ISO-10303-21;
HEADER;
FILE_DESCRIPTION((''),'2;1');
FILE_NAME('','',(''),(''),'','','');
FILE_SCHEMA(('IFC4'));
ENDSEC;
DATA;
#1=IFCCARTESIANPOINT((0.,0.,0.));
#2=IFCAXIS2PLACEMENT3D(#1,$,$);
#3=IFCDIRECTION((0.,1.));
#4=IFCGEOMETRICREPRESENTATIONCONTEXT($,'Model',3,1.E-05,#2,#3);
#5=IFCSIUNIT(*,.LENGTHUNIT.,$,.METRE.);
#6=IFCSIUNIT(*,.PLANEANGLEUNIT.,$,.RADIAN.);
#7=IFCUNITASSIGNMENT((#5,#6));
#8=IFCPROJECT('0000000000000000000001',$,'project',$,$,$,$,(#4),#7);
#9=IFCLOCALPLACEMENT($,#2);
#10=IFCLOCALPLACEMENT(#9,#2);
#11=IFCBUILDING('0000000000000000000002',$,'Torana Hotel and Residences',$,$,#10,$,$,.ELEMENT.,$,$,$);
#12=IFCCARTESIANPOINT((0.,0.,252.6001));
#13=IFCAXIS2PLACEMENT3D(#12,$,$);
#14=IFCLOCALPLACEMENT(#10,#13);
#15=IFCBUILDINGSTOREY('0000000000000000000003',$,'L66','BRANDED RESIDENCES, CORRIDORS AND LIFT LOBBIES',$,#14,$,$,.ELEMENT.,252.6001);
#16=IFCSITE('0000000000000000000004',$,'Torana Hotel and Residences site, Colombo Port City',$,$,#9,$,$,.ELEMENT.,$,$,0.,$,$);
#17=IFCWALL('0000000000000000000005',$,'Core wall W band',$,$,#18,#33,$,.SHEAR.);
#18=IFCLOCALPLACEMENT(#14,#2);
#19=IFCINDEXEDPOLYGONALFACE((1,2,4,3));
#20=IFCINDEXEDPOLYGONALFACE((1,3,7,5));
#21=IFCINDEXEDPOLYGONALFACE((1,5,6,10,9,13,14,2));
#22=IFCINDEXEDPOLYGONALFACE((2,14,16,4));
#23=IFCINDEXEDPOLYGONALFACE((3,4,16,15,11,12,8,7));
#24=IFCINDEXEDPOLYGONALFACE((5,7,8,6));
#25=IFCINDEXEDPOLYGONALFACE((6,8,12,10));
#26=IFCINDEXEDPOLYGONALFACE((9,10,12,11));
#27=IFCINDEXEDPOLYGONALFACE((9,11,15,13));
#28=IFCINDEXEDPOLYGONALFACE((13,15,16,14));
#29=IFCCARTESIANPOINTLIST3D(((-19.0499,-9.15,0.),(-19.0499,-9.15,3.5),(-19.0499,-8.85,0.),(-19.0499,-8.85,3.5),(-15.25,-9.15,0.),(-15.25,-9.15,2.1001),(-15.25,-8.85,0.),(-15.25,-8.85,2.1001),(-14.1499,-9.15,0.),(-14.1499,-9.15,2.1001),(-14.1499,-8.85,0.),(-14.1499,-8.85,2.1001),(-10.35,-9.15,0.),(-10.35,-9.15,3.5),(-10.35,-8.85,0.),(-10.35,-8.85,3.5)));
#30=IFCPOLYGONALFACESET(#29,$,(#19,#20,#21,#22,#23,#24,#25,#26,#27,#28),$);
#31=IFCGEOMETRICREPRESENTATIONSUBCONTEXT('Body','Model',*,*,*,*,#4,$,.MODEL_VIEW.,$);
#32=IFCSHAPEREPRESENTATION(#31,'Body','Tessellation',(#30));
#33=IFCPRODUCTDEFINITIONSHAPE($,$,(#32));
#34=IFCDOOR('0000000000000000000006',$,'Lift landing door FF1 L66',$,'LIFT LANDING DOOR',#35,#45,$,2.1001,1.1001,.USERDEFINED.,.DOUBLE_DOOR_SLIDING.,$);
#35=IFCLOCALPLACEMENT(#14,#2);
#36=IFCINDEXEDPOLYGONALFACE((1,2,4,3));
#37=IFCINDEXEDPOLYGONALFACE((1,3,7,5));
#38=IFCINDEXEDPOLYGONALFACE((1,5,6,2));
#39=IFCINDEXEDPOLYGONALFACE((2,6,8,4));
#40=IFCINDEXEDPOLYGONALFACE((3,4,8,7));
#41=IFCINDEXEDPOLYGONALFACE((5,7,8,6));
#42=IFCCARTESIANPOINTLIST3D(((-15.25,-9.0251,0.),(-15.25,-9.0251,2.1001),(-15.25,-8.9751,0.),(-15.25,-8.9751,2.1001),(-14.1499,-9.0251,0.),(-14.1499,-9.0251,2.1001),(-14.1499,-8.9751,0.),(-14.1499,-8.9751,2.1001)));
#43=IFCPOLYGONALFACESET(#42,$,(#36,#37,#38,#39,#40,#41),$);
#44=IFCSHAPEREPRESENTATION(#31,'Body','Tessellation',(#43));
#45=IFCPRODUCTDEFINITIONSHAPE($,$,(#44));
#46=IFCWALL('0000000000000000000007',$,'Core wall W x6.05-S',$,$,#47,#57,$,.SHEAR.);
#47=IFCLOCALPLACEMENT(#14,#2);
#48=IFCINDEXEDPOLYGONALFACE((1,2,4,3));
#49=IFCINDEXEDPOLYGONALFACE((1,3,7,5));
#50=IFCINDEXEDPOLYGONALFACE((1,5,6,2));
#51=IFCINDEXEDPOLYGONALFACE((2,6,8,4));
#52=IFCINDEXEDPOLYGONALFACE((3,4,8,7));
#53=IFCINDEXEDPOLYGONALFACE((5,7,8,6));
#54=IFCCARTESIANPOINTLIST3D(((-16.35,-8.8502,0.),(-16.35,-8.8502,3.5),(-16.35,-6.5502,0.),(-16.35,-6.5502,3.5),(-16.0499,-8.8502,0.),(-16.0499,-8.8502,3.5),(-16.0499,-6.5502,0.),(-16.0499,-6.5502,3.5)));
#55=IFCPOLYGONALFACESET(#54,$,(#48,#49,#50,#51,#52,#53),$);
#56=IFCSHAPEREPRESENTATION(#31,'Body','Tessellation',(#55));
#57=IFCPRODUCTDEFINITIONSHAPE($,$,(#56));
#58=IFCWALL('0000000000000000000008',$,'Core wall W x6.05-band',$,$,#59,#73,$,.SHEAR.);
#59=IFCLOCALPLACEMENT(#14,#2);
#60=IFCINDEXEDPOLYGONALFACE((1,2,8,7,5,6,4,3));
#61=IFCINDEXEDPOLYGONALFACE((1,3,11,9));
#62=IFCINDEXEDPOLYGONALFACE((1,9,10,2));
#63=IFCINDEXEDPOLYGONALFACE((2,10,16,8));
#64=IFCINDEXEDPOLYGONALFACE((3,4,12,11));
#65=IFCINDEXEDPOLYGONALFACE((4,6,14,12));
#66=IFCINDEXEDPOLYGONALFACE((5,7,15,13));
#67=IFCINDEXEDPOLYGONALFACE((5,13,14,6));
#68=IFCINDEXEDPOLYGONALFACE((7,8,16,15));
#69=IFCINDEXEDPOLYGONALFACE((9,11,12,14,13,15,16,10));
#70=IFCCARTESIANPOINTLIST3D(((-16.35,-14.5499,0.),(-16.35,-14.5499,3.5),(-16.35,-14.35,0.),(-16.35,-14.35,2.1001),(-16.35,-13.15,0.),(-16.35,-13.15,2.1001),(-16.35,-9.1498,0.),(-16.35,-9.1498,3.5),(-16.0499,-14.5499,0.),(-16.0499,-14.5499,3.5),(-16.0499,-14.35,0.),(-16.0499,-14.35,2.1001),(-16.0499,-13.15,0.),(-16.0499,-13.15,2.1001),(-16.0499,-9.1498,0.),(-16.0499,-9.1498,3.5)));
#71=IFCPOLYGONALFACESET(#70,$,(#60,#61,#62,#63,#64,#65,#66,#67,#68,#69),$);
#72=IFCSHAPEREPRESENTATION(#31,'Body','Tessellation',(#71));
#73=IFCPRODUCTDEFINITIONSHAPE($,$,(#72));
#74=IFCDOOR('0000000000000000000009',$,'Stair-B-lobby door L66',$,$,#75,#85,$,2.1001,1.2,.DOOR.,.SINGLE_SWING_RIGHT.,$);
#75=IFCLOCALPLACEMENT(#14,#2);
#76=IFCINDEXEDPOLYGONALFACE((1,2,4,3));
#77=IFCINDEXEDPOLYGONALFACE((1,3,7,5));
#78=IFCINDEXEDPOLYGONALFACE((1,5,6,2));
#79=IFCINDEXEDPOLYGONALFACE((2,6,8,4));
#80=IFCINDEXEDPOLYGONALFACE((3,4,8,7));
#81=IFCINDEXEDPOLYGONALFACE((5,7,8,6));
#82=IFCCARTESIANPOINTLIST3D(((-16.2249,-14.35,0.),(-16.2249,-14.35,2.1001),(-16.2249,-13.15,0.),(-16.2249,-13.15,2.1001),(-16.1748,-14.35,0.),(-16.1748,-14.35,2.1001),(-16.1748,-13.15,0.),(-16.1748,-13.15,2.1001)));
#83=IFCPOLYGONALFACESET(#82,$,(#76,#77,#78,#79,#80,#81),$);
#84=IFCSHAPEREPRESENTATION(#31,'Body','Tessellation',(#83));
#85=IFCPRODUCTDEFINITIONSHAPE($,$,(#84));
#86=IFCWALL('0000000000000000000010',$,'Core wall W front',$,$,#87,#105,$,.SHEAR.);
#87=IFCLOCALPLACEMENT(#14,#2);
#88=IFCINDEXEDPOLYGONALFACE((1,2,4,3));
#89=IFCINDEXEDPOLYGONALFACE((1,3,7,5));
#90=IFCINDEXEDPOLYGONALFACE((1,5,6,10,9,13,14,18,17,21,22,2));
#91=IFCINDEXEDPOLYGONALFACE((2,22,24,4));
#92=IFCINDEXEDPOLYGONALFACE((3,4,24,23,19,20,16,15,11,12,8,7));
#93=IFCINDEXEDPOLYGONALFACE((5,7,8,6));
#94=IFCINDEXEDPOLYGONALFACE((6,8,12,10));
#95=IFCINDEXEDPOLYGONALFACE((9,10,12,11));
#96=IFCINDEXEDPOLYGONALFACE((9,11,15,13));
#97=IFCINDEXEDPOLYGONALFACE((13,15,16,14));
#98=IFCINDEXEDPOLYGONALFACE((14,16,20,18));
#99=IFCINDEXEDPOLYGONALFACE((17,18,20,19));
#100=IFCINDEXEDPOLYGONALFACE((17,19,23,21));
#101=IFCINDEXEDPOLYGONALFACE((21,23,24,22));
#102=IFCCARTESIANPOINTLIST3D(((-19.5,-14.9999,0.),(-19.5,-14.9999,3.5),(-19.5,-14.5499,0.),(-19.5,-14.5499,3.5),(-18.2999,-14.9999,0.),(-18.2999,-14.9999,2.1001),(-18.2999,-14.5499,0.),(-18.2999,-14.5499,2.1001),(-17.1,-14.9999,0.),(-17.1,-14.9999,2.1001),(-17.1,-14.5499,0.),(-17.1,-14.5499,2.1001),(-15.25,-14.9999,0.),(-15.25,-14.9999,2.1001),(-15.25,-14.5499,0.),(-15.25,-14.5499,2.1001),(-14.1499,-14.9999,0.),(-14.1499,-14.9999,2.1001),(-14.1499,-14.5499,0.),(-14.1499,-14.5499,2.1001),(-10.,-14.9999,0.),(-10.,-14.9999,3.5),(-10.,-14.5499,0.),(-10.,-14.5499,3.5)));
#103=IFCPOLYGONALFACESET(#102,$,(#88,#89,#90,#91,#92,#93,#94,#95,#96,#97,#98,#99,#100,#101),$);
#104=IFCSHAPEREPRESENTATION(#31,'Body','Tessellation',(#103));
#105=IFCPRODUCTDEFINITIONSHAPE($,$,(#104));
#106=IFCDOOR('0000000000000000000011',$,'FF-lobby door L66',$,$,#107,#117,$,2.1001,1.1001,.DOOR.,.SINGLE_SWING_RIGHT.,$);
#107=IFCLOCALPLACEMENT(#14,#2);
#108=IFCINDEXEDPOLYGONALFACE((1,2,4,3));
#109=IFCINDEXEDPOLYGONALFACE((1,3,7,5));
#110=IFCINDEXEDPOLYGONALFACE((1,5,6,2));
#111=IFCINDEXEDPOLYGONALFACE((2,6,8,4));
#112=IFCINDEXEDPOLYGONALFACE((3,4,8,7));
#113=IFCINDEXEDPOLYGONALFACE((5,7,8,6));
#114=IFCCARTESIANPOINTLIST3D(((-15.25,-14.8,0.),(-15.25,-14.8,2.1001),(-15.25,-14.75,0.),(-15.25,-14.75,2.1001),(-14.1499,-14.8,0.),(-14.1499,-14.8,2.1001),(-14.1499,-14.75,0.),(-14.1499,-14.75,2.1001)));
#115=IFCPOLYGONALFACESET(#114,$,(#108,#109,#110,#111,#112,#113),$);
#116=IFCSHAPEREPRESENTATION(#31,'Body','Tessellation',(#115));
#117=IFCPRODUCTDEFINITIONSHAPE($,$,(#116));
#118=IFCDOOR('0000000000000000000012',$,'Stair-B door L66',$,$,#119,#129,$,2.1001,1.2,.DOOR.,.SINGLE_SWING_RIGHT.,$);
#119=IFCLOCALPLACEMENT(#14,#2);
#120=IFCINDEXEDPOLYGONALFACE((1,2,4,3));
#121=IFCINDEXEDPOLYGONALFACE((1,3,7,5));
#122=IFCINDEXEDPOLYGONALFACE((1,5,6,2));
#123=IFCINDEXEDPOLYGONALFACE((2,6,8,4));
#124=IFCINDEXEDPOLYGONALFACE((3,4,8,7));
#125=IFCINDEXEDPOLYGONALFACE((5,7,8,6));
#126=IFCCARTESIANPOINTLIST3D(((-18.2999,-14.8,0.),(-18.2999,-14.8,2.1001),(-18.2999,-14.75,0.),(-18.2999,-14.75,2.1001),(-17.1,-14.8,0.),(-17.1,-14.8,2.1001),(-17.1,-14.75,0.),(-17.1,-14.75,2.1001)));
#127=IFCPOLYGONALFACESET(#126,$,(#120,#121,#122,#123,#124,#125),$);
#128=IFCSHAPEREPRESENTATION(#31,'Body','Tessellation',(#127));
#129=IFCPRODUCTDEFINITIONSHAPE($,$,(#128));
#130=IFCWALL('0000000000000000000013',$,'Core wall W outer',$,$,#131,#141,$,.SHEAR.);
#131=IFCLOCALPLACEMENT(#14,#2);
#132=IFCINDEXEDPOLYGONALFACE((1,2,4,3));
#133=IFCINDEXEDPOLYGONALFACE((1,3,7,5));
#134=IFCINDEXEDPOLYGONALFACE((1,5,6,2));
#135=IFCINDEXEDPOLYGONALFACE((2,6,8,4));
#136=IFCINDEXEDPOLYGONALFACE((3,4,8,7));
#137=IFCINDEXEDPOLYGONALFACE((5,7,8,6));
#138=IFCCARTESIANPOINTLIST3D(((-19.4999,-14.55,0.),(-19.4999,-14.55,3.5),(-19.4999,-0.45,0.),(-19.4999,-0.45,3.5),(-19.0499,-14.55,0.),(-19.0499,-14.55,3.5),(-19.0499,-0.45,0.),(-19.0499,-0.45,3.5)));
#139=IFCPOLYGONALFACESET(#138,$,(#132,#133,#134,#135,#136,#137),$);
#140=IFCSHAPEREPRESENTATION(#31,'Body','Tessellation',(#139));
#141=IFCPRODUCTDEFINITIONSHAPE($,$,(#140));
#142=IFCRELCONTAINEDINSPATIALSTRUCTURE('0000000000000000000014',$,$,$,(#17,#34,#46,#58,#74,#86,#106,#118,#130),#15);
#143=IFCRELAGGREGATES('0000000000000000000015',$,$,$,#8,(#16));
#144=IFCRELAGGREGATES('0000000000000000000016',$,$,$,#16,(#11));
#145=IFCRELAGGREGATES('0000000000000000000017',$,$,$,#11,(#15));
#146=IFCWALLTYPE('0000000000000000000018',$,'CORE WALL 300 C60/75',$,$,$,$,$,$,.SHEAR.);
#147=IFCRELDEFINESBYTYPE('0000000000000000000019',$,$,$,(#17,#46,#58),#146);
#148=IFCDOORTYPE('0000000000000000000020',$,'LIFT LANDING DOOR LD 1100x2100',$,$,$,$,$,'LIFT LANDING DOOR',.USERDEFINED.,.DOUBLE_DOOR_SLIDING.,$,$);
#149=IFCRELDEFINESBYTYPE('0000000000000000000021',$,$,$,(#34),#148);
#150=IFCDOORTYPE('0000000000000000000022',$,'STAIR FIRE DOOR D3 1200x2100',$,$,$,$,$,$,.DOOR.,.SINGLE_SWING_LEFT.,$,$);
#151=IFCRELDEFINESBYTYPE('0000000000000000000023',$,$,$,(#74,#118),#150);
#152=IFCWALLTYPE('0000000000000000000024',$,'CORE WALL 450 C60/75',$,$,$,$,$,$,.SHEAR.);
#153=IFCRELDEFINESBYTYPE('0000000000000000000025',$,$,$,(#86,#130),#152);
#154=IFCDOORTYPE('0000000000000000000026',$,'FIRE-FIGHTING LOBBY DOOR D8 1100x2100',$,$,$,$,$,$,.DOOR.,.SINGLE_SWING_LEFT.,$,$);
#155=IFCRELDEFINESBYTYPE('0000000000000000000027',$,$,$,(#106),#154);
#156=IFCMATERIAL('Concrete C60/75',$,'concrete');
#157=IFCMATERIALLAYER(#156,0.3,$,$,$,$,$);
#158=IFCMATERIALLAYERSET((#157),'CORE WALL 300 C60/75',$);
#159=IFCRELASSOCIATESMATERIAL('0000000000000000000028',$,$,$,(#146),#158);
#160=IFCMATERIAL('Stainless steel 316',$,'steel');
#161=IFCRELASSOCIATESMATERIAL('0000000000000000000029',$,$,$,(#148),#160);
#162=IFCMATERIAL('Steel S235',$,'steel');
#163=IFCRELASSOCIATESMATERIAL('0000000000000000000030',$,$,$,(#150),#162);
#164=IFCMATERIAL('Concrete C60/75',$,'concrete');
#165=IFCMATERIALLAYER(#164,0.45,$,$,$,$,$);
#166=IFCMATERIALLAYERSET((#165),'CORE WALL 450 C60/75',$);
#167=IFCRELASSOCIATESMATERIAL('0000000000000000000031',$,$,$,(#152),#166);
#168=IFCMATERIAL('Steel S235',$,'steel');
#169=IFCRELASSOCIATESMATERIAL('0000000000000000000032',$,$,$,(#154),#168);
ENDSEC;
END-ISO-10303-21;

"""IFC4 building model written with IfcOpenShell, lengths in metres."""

from ifc_helpers import new_model, si_unit, direction, frame, frame_2d, origin, place, context, subcontext, project, spatial, rectangle, extrude, material, layer, layer_set, type_object, element, fill, save


model = new_model("IFC4")

# Units and contexts
model_context = context("Model", 3, precision=1e-05, world=origin(), true_north=direction((0.0, 1.0)))
body_context = subcontext(model_context, "Body", "Model", "MODEL_VIEW")
ifc_project = project(units=[si_unit("LENGTHUNIT", "METRE"), si_unit("PLANEANGLEUNIT", "RADIAN")], contexts=[model_context])

# Site, building, storey
site_placement = place(None, origin())
site = spatial("IfcSite", under=ifc_project, at=site_placement, Name="Torana Hotel and Residences site, Colombo Port City", CompositionType="ELEMENT", RefElevation=0.0)
building_placement = place(site_placement, origin())
building = spatial("IfcBuilding", under=site, at=building_placement, Name="Torana Hotel and Residences", CompositionType="ELEMENT")
storey_placement = place(building_placement, frame((0.0, 0.0, 252.6001)))
storey = spatial("IfcBuildingStorey", under=building, at=storey_placement, Name="L66", Description="BRANDED RESIDENCES, CORRIDORS AND LIFT LOBBIES", CompositionType="ELEMENT", Elevation=252.6001)

# Wall, opening, door
ifc_material_1 = material(Name="Concrete C60/75", Category="concrete")
ifc_layer_1 = layer(ifc_material_1, 0.3)
ifc_layer_set_1 = layer_set([ifc_layer_1], Name="CORE WALL 300 C60/75")
wall_type_1 = type_object("IfcWallType", Name="CORE WALL 300 C60/75", PredefinedType="SHEAR", material=ifc_layer_set_1)
wall_1_placement = place(storey_placement, frame((-19.05, -9.0, 0.0), z_axis=(0.0, 0.0, 1.0), x_axis=(1.0, 0.0, 0.0)))
wall_1 = element("IfcWall", 1, at=wall_1_placement, inside=storey, type_object=wall_type_1, Name="Core wall W band", PredefinedType="SHEAR", context=body_context, shape_type="SweptSolid", body=[
    extrude(rectangle(XDim=8.7, YDim=0.3, at=frame_2d((4.3501, 0.0))), origin(), (0.0, 0.0, 1.0), 3.5),
])
opening_1_placement = place(wall_1_placement, frame((3.8, 0.0, 0.0)))
opening_1 = element("IfcOpeningElement", 2, at=opening_1_placement, cuts=wall_1, PredefinedType="OPENING", context=body_context, shape_type="SweptSolid", body=[
    extrude(rectangle(XDim=1.1001, YDim=2.1001, at=frame_2d((0.55, 1.05))), frame((0.0, 0.1599, 0.0), z_axis=(0.0, -1.0, 0.0), x_axis=(1.0, 0.0, 0.0)), (0.0, 0.0, 1.0), 0.3201),
])
ifc_material_2 = material(Name="Stainless steel 316", Category="steel")
door_type_1 = type_object("IfcDoorType", Name="LIFT LANDING DOOR LD 1100x2100", ElementType="LIFT LANDING DOOR", OperationType="DOUBLE_DOOR_SLIDING", PredefinedType="USERDEFINED", material=ifc_material_2)
door_1_placement = place(opening_1_placement, origin())
door_1 = element("IfcDoor", 3, at=door_1_placement, inside=storey, type_object=door_type_1, Name="Lift landing door FF1 L66", ObjectType="LIFT LANDING DOOR", OperationType="DOUBLE_DOOR_SLIDING", OverallHeight=2.1001, OverallWidth=1.1001, PredefinedType="USERDEFINED", context=body_context, shape_type="SweptSolid", body=[
    extrude(rectangle(XDim=1.1001, YDim=2.1001, at=frame_2d((0.55, 1.05))), frame((0.0, 0.0249, 0.0), z_axis=(0.0, -1.0, 0.0), x_axis=(1.0, 0.0, 0.0)), (0.0, 0.0, 1.0), 0.05),
])
fill(opening_1, door_1)

# Wall
wall_2_placement = place(storey_placement, frame((-16.2, -8.8501, 0.0), z_axis=(0.0, 0.0, 1.0), x_axis=(0.0, 1.0, 0.0)))
element("IfcWall", 4, at=wall_2_placement, inside=storey, type_object=wall_type_1, Name="Core wall W x6.05-S", PredefinedType="SHEAR", context=body_context, shape_type="SweptSolid", body=[
    extrude(rectangle(XDim=2.3, YDim=0.3, at=frame_2d((1.1499, 0.0))), origin(), (0.0, 0.0, 1.0), 3.5),
])

# Wall, opening, door
wall_3_placement = place(storey_placement, frame((-16.2, -14.55, 0.0), z_axis=(0.0, 0.0, 1.0), x_axis=(0.0, 1.0, 0.0)))
wall_3 = element("IfcWall", 5, at=wall_3_placement, inside=storey, type_object=wall_type_1, Name="Core wall W x6.05-band", PredefinedType="SHEAR", context=body_context, shape_type="SweptSolid", body=[
    extrude(rectangle(XDim=5.4001, YDim=0.3, at=frame_2d((2.7002, 0.0))), origin(), (0.0, 0.0, 1.0), 3.5),
])
opening_2_placement = place(wall_3_placement, frame((0.2, 0.0, 0.0)))
opening_2 = element("IfcOpeningElement", 6, at=opening_2_placement, cuts=wall_3, PredefinedType="OPENING", context=body_context, shape_type="SweptSolid", body=[
    extrude(rectangle(XDim=1.2, YDim=2.1001, at=frame_2d((0.6001, 1.05))), frame((0.0, 0.1599, 0.0), z_axis=(0.0, -1.0, 0.0), x_axis=(1.0, 0.0, 0.0)), (0.0, 0.0, 1.0), 0.3201),
])
ifc_material_3 = material(Name="Steel S235", Category="steel")
door_type_2 = type_object("IfcDoorType", Name="STAIR FIRE DOOR D3 1200x2100", OperationType="SINGLE_SWING_LEFT", PredefinedType="DOOR", material=ifc_material_3)
door_2_placement = place(opening_2_placement, origin())
door_2 = element("IfcDoor", 7, at=door_2_placement, inside=storey, type_object=door_type_2, Name="Stair-B-lobby door L66", OperationType="SINGLE_SWING_RIGHT", OverallHeight=2.1001, OverallWidth=1.2, PredefinedType="DOOR", context=body_context, shape_type="SweptSolid", body=[
    extrude(rectangle(XDim=1.2, YDim=2.1001, at=frame_2d((0.6001, 1.05))), frame((0.0, 0.0249, 0.0), z_axis=(0.0, -1.0, 0.0), x_axis=(1.0, 0.0, 0.0)), (0.0, 0.0, 1.0), 0.05),
])
fill(opening_2, door_2)

# Wall, openings, doors
ifc_material_4 = material(Name="Concrete C60/75", Category="concrete")
ifc_layer_2 = layer(ifc_material_4, 0.45)
ifc_layer_set_2 = layer_set([ifc_layer_2], Name="CORE WALL 450 C60/75")
wall_type_2 = type_object("IfcWallType", Name="CORE WALL 450 C60/75", PredefinedType="SHEAR", material=ifc_layer_set_2)
wall_4_placement = place(storey_placement, frame((-19.5, -14.7749, 0.0), z_axis=(0.0, 0.0, 1.0), x_axis=(1.0, 0.0, 0.0)))
wall_4 = element("IfcWall", 8, at=wall_4_placement, inside=storey, type_object=wall_type_2, Name="Core wall W front", PredefinedType="SHEAR", context=body_context, shape_type="SweptSolid", body=[
    extrude(rectangle(XDim=9.5, YDim=0.45, at=frame_2d((4.75, 0.0))), origin(), (0.0, 0.0, 1.0), 3.5),
])
opening_3_placement = place(wall_4_placement, frame((1.2, 0.0, 0.0)))
opening_3 = element("IfcOpeningElement", 9, at=opening_3_placement, cuts=wall_4, PredefinedType="OPENING", context=body_context, shape_type="SweptSolid", body=[
    extrude(rectangle(XDim=1.2, YDim=2.1001, at=frame_2d((0.6001, 1.05))), frame((0.0, 0.2349, 0.0), z_axis=(0.0, -1.0, 0.0), x_axis=(1.0, 0.0, 0.0)), (0.0, 0.0, 1.0), 0.47),
])
opening_4_placement = place(wall_4_placement, frame((4.25, 0.0, 0.0)))
opening_4 = element("IfcOpeningElement", 10, at=opening_4_placement, cuts=wall_4, PredefinedType="OPENING", context=body_context, shape_type="SweptSolid", body=[
    extrude(rectangle(XDim=1.1001, YDim=2.1001, at=frame_2d((0.55, 1.05))), frame((0.0, 0.2349, 0.0), z_axis=(0.0, -1.0, 0.0), x_axis=(1.0, 0.0, 0.0)), (0.0, 0.0, 1.0), 0.47),
])
ifc_material_5 = material(Name="Steel S235", Category="steel")
door_type_3 = type_object("IfcDoorType", Name="FIRE-FIGHTING LOBBY DOOR D8 1100x2100", OperationType="SINGLE_SWING_LEFT", PredefinedType="DOOR", material=ifc_material_5)
door_3_placement = place(opening_4_placement, origin())
door_3 = element("IfcDoor", 11, at=door_3_placement, inside=storey, type_object=door_type_3, Name="FF-lobby door L66", OperationType="SINGLE_SWING_RIGHT", OverallHeight=2.1001, OverallWidth=1.1001, PredefinedType="DOOR", context=body_context, shape_type="SweptSolid", body=[
    extrude(rectangle(XDim=1.1001, YDim=2.1001, at=frame_2d((0.55, 1.05))), frame((0.0, 0.0249, 0.0), z_axis=(0.0, -1.0, 0.0), x_axis=(1.0, 0.0, 0.0)), (0.0, 0.0, 1.0), 0.05),
])
fill(opening_4, door_3)
door_4_placement = place(opening_3_placement, origin())
door_4 = element("IfcDoor", 12, at=door_4_placement, inside=storey, type_object=door_type_2, Name="Stair-B door L66", OperationType="SINGLE_SWING_RIGHT", OverallHeight=2.1001, OverallWidth=1.2, PredefinedType="DOOR", context=body_context, shape_type="SweptSolid", body=[
    extrude(rectangle(XDim=1.2, YDim=2.1001, at=frame_2d((0.6001, 1.05))), frame((0.0, 0.0249, 0.0), z_axis=(0.0, -1.0, 0.0), x_axis=(1.0, 0.0, 0.0)), (0.0, 0.0, 1.0), 0.05),
])
fill(opening_3, door_4)

# Wall
wall_5_placement = place(storey_placement, frame((-19.2749, -14.55, 0.0), z_axis=(0.0, 0.0, 1.0), x_axis=(0.0, 1.0, 0.0)))
element("IfcWall", 13, at=wall_5_placement, inside=storey, type_object=wall_type_2, Name="Core wall W outer", PredefinedType="SHEAR", context=body_context, shape_type="SweptSolid", body=[
    extrude(rectangle(XDim=14.1001, YDim=0.45, at=frame_2d((7.05, 0.0))), origin(), (0.0, 0.0, 1.0), 3.5),
])

save(model, "model.ifc")
